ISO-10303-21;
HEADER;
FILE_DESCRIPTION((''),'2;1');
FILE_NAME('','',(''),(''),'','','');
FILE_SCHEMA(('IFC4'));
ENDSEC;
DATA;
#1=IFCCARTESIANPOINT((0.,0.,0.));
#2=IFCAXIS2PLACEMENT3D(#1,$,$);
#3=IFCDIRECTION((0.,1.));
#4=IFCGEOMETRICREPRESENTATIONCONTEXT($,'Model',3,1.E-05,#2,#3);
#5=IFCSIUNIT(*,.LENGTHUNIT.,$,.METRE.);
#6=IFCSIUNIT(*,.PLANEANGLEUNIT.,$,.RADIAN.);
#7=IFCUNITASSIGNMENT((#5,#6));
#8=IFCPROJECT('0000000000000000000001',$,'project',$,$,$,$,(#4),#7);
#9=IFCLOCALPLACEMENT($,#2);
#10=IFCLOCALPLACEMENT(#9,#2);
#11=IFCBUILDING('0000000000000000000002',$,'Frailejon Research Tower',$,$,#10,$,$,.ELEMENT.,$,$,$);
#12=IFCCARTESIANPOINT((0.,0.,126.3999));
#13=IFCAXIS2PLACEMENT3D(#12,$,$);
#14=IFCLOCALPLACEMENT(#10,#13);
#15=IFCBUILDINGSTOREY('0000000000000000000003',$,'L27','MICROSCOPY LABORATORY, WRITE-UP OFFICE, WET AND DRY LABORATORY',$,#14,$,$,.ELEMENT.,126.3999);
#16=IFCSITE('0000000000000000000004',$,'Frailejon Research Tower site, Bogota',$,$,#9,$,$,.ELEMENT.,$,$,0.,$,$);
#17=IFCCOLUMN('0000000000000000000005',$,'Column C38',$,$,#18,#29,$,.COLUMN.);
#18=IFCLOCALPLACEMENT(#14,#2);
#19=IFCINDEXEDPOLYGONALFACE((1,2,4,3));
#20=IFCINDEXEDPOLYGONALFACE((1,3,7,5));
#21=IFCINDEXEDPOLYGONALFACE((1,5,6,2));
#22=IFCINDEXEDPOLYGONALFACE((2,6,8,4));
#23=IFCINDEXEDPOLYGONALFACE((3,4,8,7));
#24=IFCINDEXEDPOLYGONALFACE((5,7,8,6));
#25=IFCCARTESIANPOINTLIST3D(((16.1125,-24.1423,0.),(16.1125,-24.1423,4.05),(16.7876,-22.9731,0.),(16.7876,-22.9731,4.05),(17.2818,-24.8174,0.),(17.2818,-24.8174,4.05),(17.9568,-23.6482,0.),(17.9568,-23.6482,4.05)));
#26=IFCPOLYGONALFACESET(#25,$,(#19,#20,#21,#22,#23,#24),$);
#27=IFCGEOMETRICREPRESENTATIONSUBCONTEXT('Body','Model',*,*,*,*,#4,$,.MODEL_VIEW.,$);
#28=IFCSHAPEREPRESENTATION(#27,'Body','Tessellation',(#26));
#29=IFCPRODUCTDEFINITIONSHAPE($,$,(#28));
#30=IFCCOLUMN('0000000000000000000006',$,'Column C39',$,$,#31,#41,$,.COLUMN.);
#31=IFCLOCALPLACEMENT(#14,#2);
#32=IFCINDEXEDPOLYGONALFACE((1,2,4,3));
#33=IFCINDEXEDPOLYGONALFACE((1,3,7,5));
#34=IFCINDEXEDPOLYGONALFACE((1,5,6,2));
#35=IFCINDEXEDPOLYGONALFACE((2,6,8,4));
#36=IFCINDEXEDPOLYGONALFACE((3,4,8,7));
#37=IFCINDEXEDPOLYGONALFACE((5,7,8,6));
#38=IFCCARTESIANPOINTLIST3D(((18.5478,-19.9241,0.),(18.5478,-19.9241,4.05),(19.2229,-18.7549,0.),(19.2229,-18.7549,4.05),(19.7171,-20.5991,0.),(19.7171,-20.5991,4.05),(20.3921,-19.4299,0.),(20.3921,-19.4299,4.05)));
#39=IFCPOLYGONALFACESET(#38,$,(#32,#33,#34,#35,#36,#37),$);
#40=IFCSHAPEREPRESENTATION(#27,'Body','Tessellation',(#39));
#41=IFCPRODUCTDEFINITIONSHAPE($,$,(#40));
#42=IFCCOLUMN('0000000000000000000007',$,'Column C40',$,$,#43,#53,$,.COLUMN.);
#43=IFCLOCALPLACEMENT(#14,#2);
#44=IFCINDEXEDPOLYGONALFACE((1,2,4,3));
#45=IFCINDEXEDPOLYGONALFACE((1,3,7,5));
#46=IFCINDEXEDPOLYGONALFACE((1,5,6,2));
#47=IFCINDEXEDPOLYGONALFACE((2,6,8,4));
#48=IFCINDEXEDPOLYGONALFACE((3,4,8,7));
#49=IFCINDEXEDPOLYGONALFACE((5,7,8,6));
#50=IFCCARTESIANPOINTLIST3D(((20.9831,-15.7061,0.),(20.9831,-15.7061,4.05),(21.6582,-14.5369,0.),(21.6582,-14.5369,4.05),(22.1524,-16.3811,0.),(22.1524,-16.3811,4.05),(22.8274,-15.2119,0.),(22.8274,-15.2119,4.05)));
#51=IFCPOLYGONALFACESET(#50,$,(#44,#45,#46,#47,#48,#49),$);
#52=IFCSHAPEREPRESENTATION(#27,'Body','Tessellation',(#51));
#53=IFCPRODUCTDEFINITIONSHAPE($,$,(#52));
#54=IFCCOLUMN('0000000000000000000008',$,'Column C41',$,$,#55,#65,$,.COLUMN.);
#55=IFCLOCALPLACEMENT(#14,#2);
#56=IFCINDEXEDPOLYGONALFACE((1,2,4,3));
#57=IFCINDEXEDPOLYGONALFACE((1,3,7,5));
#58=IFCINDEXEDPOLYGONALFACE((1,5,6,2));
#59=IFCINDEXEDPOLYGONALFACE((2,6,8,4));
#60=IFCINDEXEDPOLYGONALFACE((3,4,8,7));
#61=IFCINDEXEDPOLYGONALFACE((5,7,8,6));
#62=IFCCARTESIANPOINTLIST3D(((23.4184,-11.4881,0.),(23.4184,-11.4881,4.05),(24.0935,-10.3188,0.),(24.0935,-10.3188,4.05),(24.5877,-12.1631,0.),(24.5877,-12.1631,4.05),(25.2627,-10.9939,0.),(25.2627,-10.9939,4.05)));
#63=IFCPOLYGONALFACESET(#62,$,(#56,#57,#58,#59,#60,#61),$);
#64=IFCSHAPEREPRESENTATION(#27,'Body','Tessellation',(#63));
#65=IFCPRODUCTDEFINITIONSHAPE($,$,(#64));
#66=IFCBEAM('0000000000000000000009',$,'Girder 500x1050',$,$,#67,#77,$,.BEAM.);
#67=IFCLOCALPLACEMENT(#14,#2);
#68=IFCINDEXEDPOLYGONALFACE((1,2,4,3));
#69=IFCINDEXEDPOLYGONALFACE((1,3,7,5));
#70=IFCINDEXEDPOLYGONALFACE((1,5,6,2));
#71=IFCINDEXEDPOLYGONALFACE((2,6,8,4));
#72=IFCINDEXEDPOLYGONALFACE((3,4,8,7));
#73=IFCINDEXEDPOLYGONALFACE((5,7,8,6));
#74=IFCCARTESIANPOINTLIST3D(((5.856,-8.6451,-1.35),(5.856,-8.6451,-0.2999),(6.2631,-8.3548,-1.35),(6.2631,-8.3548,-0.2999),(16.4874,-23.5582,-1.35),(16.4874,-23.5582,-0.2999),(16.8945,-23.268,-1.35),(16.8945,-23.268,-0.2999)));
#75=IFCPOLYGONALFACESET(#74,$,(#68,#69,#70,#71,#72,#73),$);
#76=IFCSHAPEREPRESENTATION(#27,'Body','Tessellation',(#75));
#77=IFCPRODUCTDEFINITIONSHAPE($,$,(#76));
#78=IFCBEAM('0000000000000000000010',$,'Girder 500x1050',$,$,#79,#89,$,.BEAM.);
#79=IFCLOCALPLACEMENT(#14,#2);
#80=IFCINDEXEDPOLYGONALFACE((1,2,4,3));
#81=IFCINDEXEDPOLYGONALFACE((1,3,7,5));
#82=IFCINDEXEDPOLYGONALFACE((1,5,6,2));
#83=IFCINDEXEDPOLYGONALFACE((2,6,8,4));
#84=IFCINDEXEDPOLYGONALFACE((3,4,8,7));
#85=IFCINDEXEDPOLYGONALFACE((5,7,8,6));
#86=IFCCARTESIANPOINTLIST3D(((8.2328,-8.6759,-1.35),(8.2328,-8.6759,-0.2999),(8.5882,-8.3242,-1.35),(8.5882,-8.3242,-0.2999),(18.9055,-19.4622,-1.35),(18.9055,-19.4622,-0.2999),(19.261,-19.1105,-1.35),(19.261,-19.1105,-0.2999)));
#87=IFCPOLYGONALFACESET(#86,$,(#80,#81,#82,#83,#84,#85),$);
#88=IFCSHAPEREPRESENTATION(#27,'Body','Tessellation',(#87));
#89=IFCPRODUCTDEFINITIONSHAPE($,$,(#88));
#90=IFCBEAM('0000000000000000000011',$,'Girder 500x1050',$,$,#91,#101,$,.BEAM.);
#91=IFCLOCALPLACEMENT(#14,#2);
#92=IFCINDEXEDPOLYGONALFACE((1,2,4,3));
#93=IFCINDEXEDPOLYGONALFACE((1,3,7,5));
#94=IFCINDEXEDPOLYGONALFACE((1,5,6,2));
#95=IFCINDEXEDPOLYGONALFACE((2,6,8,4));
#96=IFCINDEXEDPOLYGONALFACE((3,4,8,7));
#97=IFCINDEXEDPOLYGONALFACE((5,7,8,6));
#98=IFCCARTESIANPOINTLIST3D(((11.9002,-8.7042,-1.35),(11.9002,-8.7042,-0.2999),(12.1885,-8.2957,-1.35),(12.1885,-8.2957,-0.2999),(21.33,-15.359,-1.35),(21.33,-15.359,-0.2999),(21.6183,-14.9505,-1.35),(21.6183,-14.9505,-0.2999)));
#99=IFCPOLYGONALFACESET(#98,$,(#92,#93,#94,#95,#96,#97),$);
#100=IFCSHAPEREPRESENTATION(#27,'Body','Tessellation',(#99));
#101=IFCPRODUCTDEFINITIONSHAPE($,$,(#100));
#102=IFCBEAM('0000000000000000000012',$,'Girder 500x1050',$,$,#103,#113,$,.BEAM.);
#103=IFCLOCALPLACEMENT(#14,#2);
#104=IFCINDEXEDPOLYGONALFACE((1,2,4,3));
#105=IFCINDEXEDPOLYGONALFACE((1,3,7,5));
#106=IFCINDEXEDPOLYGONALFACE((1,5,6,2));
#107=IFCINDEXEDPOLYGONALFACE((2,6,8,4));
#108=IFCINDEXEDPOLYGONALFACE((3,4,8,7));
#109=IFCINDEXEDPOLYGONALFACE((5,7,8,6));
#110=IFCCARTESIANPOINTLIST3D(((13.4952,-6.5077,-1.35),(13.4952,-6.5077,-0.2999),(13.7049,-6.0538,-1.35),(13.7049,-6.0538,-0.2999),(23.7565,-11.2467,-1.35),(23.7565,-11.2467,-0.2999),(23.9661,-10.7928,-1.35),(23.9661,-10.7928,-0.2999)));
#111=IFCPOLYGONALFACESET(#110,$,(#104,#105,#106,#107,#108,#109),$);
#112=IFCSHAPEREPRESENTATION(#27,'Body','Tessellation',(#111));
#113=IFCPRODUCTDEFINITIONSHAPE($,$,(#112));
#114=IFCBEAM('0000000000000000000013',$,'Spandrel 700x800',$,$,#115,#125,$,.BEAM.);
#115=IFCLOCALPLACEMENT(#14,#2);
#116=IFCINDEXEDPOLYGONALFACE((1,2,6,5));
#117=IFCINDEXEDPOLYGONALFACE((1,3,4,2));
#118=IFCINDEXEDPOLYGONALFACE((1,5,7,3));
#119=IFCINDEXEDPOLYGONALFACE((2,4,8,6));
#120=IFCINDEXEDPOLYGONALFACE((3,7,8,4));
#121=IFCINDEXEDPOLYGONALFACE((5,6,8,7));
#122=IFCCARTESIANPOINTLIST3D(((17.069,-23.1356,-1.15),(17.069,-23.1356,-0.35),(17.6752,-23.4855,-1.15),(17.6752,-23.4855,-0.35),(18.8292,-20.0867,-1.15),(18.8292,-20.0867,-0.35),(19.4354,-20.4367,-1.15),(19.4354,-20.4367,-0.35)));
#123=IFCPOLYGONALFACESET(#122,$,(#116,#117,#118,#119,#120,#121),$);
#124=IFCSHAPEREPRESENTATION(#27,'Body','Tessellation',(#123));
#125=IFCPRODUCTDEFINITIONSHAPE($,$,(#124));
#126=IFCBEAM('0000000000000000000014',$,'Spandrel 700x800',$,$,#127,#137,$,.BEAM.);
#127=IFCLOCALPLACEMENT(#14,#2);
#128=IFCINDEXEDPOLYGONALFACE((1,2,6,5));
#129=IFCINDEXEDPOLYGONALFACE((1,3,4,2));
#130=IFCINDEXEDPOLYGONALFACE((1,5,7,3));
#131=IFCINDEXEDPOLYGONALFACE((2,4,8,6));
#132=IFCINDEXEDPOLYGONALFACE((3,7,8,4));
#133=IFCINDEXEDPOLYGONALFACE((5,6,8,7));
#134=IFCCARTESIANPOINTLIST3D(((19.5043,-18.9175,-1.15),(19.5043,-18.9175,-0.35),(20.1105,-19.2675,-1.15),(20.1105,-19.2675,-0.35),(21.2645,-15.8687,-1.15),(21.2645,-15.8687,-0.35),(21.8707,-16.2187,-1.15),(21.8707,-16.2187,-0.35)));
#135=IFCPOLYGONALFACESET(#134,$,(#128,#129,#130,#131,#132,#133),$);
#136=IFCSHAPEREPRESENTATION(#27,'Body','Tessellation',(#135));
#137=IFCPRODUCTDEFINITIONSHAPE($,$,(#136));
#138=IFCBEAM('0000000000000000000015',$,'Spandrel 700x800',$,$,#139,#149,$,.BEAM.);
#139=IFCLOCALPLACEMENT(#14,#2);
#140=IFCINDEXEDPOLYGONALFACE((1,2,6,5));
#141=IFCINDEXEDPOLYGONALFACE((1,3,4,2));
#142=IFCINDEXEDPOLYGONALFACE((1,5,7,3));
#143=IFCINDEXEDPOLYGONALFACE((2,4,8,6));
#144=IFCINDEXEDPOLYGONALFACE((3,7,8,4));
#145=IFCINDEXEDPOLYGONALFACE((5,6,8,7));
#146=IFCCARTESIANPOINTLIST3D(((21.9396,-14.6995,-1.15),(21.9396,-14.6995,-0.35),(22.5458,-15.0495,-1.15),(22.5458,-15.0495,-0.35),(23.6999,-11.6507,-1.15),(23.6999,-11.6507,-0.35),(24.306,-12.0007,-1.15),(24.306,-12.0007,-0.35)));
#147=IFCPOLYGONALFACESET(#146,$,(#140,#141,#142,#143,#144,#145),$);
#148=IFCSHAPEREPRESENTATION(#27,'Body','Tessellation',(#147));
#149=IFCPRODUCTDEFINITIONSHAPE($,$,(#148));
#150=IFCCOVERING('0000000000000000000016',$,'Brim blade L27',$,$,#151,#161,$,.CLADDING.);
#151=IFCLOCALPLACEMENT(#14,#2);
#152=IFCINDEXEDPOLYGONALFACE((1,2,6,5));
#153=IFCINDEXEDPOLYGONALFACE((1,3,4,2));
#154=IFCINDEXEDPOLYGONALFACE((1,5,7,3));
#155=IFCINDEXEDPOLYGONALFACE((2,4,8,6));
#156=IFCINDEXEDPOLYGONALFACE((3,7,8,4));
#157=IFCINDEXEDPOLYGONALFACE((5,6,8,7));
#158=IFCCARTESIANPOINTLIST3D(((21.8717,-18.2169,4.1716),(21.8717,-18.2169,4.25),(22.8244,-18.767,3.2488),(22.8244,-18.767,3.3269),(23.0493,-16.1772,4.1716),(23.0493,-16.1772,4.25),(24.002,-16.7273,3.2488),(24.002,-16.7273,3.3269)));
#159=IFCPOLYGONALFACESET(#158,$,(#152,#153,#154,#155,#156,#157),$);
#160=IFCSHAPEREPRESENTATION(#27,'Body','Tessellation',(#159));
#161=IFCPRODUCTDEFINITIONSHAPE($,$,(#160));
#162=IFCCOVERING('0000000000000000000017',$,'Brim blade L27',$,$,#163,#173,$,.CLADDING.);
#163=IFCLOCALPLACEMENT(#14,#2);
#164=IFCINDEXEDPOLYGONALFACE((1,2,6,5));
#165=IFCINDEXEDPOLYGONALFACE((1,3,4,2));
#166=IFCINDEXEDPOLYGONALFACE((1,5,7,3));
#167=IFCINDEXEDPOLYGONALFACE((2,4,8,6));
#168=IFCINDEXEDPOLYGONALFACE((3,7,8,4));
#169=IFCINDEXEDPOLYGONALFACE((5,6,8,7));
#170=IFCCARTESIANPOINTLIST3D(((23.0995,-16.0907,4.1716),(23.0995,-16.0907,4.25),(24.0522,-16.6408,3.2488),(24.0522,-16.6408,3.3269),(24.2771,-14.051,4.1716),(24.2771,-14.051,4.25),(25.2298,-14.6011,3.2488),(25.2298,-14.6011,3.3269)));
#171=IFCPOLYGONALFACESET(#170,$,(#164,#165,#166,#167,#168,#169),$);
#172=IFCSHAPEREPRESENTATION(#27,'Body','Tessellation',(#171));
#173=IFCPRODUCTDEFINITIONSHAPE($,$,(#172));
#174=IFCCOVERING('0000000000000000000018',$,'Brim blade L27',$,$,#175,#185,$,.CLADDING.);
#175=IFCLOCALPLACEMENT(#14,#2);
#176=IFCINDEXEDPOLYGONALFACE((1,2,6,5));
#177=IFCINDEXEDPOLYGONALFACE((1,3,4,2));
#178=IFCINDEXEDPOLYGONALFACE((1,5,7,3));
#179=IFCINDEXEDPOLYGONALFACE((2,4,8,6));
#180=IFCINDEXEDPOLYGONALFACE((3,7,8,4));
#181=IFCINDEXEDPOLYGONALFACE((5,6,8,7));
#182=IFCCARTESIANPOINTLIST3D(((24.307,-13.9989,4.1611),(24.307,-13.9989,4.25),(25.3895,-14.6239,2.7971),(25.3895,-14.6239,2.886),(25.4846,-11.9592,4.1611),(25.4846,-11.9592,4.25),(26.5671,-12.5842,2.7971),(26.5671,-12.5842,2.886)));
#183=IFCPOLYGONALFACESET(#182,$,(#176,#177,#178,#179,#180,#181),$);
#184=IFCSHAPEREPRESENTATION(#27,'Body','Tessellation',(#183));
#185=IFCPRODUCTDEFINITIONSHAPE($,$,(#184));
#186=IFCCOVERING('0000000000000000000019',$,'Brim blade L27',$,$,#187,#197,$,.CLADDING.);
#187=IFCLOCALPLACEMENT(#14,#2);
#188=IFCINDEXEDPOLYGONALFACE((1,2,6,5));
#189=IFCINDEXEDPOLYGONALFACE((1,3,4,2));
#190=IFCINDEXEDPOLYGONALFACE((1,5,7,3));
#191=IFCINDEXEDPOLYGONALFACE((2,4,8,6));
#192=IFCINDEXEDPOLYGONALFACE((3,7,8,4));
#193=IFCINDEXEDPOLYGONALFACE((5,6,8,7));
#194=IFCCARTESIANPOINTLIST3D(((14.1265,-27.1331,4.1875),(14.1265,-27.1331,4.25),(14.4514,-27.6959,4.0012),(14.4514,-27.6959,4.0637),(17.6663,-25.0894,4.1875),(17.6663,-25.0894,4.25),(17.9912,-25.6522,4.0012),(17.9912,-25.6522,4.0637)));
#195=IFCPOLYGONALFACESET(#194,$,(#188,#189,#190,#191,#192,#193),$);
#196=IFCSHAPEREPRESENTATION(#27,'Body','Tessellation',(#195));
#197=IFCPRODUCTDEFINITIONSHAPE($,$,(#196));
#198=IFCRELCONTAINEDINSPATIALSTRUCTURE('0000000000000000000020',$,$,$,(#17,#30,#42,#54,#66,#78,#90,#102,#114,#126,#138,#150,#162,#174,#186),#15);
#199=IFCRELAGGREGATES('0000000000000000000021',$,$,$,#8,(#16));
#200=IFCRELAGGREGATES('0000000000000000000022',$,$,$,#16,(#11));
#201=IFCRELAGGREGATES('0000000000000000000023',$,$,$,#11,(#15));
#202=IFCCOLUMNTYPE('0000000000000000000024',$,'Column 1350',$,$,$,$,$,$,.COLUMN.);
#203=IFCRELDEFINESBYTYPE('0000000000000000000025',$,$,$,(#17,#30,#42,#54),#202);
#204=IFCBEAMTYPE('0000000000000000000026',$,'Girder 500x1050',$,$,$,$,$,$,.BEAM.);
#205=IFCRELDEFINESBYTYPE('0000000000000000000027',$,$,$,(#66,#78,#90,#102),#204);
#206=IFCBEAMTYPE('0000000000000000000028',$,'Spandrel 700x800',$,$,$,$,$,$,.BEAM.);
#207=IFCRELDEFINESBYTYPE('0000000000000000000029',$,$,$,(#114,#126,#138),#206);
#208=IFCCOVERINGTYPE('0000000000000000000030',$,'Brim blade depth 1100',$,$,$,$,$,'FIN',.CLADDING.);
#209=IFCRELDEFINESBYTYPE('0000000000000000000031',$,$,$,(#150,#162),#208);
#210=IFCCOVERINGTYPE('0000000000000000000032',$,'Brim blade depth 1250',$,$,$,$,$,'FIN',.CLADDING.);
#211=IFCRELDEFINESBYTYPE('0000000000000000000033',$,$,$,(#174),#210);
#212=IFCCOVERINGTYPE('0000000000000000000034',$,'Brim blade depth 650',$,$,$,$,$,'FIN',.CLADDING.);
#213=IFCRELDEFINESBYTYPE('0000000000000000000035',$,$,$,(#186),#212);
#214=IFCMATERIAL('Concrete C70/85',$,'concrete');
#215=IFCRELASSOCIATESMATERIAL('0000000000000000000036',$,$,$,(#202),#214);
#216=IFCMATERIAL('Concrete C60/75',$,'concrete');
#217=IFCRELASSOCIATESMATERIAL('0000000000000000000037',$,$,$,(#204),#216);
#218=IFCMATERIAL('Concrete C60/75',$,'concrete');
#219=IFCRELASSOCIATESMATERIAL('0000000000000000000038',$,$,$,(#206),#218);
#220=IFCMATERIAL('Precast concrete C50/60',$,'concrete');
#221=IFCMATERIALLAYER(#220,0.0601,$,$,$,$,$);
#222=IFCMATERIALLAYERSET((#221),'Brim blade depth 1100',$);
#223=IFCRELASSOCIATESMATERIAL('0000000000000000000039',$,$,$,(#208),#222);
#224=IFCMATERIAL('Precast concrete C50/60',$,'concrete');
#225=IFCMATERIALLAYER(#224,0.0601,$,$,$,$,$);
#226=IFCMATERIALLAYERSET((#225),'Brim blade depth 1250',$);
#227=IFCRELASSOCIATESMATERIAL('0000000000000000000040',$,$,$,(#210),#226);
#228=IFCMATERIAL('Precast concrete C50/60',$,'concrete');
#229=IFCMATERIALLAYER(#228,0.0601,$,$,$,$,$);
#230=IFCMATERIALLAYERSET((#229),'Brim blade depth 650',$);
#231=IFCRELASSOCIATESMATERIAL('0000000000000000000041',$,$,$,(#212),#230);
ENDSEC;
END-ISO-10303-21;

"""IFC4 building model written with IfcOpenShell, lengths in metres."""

from ifc_helpers import new_model, si_unit, direction, frame, origin, origin_2d, place, context, subcontext, project, spatial, polyline, rectangle, outline, extrude, material, layer, layer_set, material_profile, profile_set, type_object, element, save


model = new_model("IFC4")

# Units and contexts
model_context = context("Model", 3, precision=1e-05, world=origin(), true_north=direction((0.0, 1.0)))
body_context = subcontext(model_context, "Body", "Model", "MODEL_VIEW")
ifc_project = project(units=[si_unit("LENGTHUNIT", "METRE"), si_unit("PLANEANGLEUNIT", "RADIAN")], contexts=[model_context])

# Site, building, storey
site_placement = place(None, origin())
site = spatial("IfcSite", under=ifc_project, at=site_placement, Name="Frailejon Research Tower site, Bogota", CompositionType="ELEMENT", RefElevation=0.0)
building_placement = place(site_placement, origin())
building = spatial("IfcBuilding", under=site, at=building_placement, Name="Frailejon Research Tower", CompositionType="ELEMENT")
storey_placement = place(building_placement, frame((0.0, 0.0, 126.3999)))
storey = spatial("IfcBuildingStorey", under=building, at=storey_placement, Name="L27", Description="MICROSCOPY LABORATORY, WRITE-UP OFFICE, WET AND DRY LABORATORY", CompositionType="ELEMENT", Elevation=126.3999)

# Columns
ifc_material_1 = material(Name="Concrete C70/85", Category="concrete")
ifc_material_profile_1 = material_profile(ifc_material_1, rectangle(XDim=1.3501, YDim=1.3501, at=origin_2d()), Name="Column 1350")
ifc_profile_set_1 = profile_set([ifc_material_profile_1], Name="Concrete C70/85")
column_type = type_object("IfcColumnType", Name="Column 1350", PredefinedType="COLUMN", material=ifc_profile_set_1)
for number, where, z_axis, x_axis, name in (
    (1, (17.0347, -23.8953, 0.0), (0.0, 0.0, 1.0), (0.5, 0.866025, 0.0), "Column C38"),
    (2, (19.47, -19.677, 0.0), (0.0, 0.0, 1.0), (0.5, 0.866025, 0.0), "Column C39"),
    (3, (21.9053, -15.459, 0.0), (0.0, 0.0, 1.0), (0.5, 0.866025, 0.0), "Column C40"),
    (4, (24.3406, -11.241, 0.0), (0.0, 0.0, 1.0), (0.5, 0.866025, 0.0), "Column C41"),
):
    element("IfcColumn", number, at=place(storey_placement, frame(where, z_axis=z_axis, x_axis=x_axis)), inside=storey, type_object=column_type, Name=name, PredefinedType="COLUMN", context=body_context, shape_type="SweptSolid", body=[
        extrude(rectangle(XDim=1.3501, YDim=1.3501, at=origin_2d()), origin(), (0.0, 0.0, 1.0), 4.05),
    ])

# Beams
ifc_material_2 = material(Name="Concrete C60/75", Category="concrete")
ifc_material_profile_2 = material_profile(ifc_material_2, rectangle(XDim=0.5, YDim=1.05, at=origin_2d()), Name="Girder 500x1050")
ifc_profile_set_2 = profile_set([ifc_material_profile_2], Name="Concrete C60/75")
beam_type_1 = type_object("IfcBeamType", Name="Girder 500x1050", PredefinedType="BEAM", material=ifc_profile_set_2)
beam_1_placement = place(storey_placement, frame((16.6909, -23.4131, -0.825), z_axis=(-0.580484, 0.814272, 0.0), x_axis=(-0.814272, -0.580484, 0.0)))
element("IfcBeam", 5, at=beam_1_placement, inside=storey, type_object=beam_type_1, Name="Girder 500x1050", PredefinedType="BEAM", context=body_context, shape_type="SweptSolid", body=[
    extrude(rectangle(XDim=0.5, YDim=1.05, at=origin_2d()), origin(), (0.0, 0.0, 1.0), 18.3147),
])
beam_2_placement = place(storey_placement, frame((19.0833, -19.2864, -0.825), z_axis=(-0.703356, 0.710838, 0.0), x_axis=(-0.710838, -0.703356, 0.0)))
element("IfcBeam", 6, at=beam_2_placement, inside=storey, type_object=beam_type_1, Name="Girder 500x1050", PredefinedType="BEAM", context=body_context, shape_type="SweptSolid", body=[
    extrude(rectangle(XDim=0.5, YDim=1.05, at=origin_2d()), origin(), (0.0, 0.0, 1.0), 15.1741),
])
beam_3_placement = place(storey_placement, frame((21.4741, -15.1548, -0.825), z_axis=(-0.817028, 0.576598, 0.0), x_axis=(-0.576598, -0.817028, 0.0)))
element("IfcBeam", 7, at=beam_3_placement, inside=storey, type_object=beam_type_1, Name="Girder 500x1050", PredefinedType="BEAM", context=body_context, shape_type="SweptSolid", body=[
    extrude(rectangle(XDim=0.5, YDim=1.05, at=origin_2d()), origin(), (0.0, 0.0, 1.0), 11.5415),
])
beam_4_placement = place(storey_placement, frame((23.8613, -11.0198, -0.825), z_axis=(-0.907856, 0.419281, 0.0), x_axis=(-0.419281, -0.907856, 0.0)))
element("IfcBeam", 8, at=beam_4_placement, inside=storey, type_object=beam_type_1, Name="Girder 500x1050", PredefinedType="BEAM", context=body_context, shape_type="SweptSolid", body=[
    extrude(rectangle(XDim=0.5, YDim=1.05, at=origin_2d()), origin(), (0.0, 0.0, 1.0), 11.3027),
])
ifc_material_3 = material(Name="Concrete C60/75", Category="concrete")
ifc_material_profile_3 = material_profile(ifc_material_3, rectangle(XDim=0.7, YDim=0.8, at=origin_2d()), Name="Spandrel 700x800")
ifc_profile_set_3 = profile_set([ifc_material_profile_3], Name="Concrete C60/75")
beam_type_2 = type_object("IfcBeamType", Name="Spandrel 700x800", PredefinedType="BEAM", material=ifc_profile_set_3)
for number, where, z_axis, x_axis, name in (
    (9, (17.3721, -23.3105, -0.75), (0.500003, 0.866024, 0.0), (-0.866024, 0.500003, 0.0), "Spandrel 700x800"),
    (10, (19.8074, -19.0925, -0.75), (0.500003, 0.866024, 0.0), (-0.866024, 0.500003, 0.0), "Spandrel 700x800"),
    (11, (22.2427, -14.8745, -0.75), (0.500003, 0.866024, 0.0), (-0.866024, 0.500003, 0.0), "Spandrel 700x800"),
):
    element("IfcBeam", number, at=place(storey_placement, frame(where, z_axis=z_axis, x_axis=x_axis)), inside=storey, type_object=beam_type_2, Name=name, PredefinedType="BEAM", context=body_context, shape_type="SweptSolid", body=[
        extrude(rectangle(XDim=0.7, YDim=0.8, at=origin_2d()), origin(), (0.0, 0.0, 1.0), 3.5205),
    ])

# Coverings
ifc_material_4 = material(Name="Precast concrete C50/60", Category="concrete")
ifc_layer_1 = layer(ifc_material_4, 0.0601)
ifc_layer_set_1 = layer_set([ifc_layer_1], Name="Brim blade depth 1100")
covering_type_1 = type_object("IfcCoveringType", Name="Brim blade depth 1100", ElementType="FIN", PredefinedType="CLADDING", material=ifc_layer_set_1)
for number, where, z_axis, x_axis, name in (
    (12, (23.0493, -16.1772, 4.25), (-0.499997, -0.866027, 0.0), (0.866027, -0.499997, 0.0), "Brim blade L27"),
    (13, (24.2771, -14.051, 4.25), (-0.500006, -0.866022, 0.0), (0.866022, -0.500006, 0.0), "Brim blade L27"),
):
    element("IfcCovering", number, at=place(storey_placement, frame(where, z_axis=z_axis, x_axis=x_axis)), inside=storey, type_object=covering_type_1, Name=name, PredefinedType="CLADDING", context=body_context, shape_type="SweptSolid", body=[
        extrude(outline(polyline([(0.0, -0.0784), (1.1001, -1.0012), (1.1001, -0.9231), (0.0, 0.0), (0.0, -0.0784)])), origin(), (0.0, 0.0, 1.0), 2.3552),
    ])
ifc_material_5 = material(Name="Precast concrete C50/60", Category="concrete")
ifc_layer_2 = layer(ifc_material_5, 0.0601)
ifc_layer_set_2 = layer_set([ifc_layer_2], Name="Brim blade depth 1250")
covering_type_2 = type_object("IfcCoveringType", Name="Brim blade depth 1250", ElementType="FIN", PredefinedType="CLADDING", material=ifc_layer_set_2)
covering_1_placement = place(storey_placement, frame((25.4846, -11.9592, 4.25), z_axis=(-0.500006, -0.866022, 0.0), x_axis=(0.866022, -0.500006, 0.0)))
element("IfcCovering", 14, at=covering_1_placement, inside=storey, type_object=covering_type_2, Name="Brim blade L27", PredefinedType="CLADDING", context=body_context, shape_type="SweptSolid", body=[
    extrude(outline(polyline([(0.0, -0.0889), (1.25, -1.4529), (1.25, -1.364), (0.0, 0.0), (0.0, -0.0889)])), origin(), (0.0, 0.0, 1.0), 2.3552),
])
ifc_material_6 = material(Name="Precast concrete C50/60", Category="concrete")
ifc_layer_3 = layer(ifc_material_6, 0.0601)
ifc_layer_set_3 = layer_set([ifc_layer_3], Name="Brim blade depth 650")
covering_type_3 = type_object("IfcCoveringType", Name="Brim blade depth 650", ElementType="FIN", PredefinedType="CLADDING", material=ifc_layer_set_3)
covering_2_placement = place(storey_placement, frame((17.6663, -25.0894, 4.25), z_axis=(-0.866021, -0.500007, 0.0), x_axis=(0.500007, -0.866021, 0.0)))
element("IfcCovering", 15, at=covering_2_placement, inside=storey, type_object=covering_type_3, Name="Brim blade L27", PredefinedType="CLADDING", context=body_context, shape_type="SweptSolid", body=[
    extrude(outline(polyline([(0.0, -0.0625), (0.6499, -0.2488), (0.6499, -0.1863), (0.0, 0.0), (0.0, -0.0625)])), origin(), (0.0, 0.0, 1.0), 4.0874),
])

save(model, "model.ifc")
